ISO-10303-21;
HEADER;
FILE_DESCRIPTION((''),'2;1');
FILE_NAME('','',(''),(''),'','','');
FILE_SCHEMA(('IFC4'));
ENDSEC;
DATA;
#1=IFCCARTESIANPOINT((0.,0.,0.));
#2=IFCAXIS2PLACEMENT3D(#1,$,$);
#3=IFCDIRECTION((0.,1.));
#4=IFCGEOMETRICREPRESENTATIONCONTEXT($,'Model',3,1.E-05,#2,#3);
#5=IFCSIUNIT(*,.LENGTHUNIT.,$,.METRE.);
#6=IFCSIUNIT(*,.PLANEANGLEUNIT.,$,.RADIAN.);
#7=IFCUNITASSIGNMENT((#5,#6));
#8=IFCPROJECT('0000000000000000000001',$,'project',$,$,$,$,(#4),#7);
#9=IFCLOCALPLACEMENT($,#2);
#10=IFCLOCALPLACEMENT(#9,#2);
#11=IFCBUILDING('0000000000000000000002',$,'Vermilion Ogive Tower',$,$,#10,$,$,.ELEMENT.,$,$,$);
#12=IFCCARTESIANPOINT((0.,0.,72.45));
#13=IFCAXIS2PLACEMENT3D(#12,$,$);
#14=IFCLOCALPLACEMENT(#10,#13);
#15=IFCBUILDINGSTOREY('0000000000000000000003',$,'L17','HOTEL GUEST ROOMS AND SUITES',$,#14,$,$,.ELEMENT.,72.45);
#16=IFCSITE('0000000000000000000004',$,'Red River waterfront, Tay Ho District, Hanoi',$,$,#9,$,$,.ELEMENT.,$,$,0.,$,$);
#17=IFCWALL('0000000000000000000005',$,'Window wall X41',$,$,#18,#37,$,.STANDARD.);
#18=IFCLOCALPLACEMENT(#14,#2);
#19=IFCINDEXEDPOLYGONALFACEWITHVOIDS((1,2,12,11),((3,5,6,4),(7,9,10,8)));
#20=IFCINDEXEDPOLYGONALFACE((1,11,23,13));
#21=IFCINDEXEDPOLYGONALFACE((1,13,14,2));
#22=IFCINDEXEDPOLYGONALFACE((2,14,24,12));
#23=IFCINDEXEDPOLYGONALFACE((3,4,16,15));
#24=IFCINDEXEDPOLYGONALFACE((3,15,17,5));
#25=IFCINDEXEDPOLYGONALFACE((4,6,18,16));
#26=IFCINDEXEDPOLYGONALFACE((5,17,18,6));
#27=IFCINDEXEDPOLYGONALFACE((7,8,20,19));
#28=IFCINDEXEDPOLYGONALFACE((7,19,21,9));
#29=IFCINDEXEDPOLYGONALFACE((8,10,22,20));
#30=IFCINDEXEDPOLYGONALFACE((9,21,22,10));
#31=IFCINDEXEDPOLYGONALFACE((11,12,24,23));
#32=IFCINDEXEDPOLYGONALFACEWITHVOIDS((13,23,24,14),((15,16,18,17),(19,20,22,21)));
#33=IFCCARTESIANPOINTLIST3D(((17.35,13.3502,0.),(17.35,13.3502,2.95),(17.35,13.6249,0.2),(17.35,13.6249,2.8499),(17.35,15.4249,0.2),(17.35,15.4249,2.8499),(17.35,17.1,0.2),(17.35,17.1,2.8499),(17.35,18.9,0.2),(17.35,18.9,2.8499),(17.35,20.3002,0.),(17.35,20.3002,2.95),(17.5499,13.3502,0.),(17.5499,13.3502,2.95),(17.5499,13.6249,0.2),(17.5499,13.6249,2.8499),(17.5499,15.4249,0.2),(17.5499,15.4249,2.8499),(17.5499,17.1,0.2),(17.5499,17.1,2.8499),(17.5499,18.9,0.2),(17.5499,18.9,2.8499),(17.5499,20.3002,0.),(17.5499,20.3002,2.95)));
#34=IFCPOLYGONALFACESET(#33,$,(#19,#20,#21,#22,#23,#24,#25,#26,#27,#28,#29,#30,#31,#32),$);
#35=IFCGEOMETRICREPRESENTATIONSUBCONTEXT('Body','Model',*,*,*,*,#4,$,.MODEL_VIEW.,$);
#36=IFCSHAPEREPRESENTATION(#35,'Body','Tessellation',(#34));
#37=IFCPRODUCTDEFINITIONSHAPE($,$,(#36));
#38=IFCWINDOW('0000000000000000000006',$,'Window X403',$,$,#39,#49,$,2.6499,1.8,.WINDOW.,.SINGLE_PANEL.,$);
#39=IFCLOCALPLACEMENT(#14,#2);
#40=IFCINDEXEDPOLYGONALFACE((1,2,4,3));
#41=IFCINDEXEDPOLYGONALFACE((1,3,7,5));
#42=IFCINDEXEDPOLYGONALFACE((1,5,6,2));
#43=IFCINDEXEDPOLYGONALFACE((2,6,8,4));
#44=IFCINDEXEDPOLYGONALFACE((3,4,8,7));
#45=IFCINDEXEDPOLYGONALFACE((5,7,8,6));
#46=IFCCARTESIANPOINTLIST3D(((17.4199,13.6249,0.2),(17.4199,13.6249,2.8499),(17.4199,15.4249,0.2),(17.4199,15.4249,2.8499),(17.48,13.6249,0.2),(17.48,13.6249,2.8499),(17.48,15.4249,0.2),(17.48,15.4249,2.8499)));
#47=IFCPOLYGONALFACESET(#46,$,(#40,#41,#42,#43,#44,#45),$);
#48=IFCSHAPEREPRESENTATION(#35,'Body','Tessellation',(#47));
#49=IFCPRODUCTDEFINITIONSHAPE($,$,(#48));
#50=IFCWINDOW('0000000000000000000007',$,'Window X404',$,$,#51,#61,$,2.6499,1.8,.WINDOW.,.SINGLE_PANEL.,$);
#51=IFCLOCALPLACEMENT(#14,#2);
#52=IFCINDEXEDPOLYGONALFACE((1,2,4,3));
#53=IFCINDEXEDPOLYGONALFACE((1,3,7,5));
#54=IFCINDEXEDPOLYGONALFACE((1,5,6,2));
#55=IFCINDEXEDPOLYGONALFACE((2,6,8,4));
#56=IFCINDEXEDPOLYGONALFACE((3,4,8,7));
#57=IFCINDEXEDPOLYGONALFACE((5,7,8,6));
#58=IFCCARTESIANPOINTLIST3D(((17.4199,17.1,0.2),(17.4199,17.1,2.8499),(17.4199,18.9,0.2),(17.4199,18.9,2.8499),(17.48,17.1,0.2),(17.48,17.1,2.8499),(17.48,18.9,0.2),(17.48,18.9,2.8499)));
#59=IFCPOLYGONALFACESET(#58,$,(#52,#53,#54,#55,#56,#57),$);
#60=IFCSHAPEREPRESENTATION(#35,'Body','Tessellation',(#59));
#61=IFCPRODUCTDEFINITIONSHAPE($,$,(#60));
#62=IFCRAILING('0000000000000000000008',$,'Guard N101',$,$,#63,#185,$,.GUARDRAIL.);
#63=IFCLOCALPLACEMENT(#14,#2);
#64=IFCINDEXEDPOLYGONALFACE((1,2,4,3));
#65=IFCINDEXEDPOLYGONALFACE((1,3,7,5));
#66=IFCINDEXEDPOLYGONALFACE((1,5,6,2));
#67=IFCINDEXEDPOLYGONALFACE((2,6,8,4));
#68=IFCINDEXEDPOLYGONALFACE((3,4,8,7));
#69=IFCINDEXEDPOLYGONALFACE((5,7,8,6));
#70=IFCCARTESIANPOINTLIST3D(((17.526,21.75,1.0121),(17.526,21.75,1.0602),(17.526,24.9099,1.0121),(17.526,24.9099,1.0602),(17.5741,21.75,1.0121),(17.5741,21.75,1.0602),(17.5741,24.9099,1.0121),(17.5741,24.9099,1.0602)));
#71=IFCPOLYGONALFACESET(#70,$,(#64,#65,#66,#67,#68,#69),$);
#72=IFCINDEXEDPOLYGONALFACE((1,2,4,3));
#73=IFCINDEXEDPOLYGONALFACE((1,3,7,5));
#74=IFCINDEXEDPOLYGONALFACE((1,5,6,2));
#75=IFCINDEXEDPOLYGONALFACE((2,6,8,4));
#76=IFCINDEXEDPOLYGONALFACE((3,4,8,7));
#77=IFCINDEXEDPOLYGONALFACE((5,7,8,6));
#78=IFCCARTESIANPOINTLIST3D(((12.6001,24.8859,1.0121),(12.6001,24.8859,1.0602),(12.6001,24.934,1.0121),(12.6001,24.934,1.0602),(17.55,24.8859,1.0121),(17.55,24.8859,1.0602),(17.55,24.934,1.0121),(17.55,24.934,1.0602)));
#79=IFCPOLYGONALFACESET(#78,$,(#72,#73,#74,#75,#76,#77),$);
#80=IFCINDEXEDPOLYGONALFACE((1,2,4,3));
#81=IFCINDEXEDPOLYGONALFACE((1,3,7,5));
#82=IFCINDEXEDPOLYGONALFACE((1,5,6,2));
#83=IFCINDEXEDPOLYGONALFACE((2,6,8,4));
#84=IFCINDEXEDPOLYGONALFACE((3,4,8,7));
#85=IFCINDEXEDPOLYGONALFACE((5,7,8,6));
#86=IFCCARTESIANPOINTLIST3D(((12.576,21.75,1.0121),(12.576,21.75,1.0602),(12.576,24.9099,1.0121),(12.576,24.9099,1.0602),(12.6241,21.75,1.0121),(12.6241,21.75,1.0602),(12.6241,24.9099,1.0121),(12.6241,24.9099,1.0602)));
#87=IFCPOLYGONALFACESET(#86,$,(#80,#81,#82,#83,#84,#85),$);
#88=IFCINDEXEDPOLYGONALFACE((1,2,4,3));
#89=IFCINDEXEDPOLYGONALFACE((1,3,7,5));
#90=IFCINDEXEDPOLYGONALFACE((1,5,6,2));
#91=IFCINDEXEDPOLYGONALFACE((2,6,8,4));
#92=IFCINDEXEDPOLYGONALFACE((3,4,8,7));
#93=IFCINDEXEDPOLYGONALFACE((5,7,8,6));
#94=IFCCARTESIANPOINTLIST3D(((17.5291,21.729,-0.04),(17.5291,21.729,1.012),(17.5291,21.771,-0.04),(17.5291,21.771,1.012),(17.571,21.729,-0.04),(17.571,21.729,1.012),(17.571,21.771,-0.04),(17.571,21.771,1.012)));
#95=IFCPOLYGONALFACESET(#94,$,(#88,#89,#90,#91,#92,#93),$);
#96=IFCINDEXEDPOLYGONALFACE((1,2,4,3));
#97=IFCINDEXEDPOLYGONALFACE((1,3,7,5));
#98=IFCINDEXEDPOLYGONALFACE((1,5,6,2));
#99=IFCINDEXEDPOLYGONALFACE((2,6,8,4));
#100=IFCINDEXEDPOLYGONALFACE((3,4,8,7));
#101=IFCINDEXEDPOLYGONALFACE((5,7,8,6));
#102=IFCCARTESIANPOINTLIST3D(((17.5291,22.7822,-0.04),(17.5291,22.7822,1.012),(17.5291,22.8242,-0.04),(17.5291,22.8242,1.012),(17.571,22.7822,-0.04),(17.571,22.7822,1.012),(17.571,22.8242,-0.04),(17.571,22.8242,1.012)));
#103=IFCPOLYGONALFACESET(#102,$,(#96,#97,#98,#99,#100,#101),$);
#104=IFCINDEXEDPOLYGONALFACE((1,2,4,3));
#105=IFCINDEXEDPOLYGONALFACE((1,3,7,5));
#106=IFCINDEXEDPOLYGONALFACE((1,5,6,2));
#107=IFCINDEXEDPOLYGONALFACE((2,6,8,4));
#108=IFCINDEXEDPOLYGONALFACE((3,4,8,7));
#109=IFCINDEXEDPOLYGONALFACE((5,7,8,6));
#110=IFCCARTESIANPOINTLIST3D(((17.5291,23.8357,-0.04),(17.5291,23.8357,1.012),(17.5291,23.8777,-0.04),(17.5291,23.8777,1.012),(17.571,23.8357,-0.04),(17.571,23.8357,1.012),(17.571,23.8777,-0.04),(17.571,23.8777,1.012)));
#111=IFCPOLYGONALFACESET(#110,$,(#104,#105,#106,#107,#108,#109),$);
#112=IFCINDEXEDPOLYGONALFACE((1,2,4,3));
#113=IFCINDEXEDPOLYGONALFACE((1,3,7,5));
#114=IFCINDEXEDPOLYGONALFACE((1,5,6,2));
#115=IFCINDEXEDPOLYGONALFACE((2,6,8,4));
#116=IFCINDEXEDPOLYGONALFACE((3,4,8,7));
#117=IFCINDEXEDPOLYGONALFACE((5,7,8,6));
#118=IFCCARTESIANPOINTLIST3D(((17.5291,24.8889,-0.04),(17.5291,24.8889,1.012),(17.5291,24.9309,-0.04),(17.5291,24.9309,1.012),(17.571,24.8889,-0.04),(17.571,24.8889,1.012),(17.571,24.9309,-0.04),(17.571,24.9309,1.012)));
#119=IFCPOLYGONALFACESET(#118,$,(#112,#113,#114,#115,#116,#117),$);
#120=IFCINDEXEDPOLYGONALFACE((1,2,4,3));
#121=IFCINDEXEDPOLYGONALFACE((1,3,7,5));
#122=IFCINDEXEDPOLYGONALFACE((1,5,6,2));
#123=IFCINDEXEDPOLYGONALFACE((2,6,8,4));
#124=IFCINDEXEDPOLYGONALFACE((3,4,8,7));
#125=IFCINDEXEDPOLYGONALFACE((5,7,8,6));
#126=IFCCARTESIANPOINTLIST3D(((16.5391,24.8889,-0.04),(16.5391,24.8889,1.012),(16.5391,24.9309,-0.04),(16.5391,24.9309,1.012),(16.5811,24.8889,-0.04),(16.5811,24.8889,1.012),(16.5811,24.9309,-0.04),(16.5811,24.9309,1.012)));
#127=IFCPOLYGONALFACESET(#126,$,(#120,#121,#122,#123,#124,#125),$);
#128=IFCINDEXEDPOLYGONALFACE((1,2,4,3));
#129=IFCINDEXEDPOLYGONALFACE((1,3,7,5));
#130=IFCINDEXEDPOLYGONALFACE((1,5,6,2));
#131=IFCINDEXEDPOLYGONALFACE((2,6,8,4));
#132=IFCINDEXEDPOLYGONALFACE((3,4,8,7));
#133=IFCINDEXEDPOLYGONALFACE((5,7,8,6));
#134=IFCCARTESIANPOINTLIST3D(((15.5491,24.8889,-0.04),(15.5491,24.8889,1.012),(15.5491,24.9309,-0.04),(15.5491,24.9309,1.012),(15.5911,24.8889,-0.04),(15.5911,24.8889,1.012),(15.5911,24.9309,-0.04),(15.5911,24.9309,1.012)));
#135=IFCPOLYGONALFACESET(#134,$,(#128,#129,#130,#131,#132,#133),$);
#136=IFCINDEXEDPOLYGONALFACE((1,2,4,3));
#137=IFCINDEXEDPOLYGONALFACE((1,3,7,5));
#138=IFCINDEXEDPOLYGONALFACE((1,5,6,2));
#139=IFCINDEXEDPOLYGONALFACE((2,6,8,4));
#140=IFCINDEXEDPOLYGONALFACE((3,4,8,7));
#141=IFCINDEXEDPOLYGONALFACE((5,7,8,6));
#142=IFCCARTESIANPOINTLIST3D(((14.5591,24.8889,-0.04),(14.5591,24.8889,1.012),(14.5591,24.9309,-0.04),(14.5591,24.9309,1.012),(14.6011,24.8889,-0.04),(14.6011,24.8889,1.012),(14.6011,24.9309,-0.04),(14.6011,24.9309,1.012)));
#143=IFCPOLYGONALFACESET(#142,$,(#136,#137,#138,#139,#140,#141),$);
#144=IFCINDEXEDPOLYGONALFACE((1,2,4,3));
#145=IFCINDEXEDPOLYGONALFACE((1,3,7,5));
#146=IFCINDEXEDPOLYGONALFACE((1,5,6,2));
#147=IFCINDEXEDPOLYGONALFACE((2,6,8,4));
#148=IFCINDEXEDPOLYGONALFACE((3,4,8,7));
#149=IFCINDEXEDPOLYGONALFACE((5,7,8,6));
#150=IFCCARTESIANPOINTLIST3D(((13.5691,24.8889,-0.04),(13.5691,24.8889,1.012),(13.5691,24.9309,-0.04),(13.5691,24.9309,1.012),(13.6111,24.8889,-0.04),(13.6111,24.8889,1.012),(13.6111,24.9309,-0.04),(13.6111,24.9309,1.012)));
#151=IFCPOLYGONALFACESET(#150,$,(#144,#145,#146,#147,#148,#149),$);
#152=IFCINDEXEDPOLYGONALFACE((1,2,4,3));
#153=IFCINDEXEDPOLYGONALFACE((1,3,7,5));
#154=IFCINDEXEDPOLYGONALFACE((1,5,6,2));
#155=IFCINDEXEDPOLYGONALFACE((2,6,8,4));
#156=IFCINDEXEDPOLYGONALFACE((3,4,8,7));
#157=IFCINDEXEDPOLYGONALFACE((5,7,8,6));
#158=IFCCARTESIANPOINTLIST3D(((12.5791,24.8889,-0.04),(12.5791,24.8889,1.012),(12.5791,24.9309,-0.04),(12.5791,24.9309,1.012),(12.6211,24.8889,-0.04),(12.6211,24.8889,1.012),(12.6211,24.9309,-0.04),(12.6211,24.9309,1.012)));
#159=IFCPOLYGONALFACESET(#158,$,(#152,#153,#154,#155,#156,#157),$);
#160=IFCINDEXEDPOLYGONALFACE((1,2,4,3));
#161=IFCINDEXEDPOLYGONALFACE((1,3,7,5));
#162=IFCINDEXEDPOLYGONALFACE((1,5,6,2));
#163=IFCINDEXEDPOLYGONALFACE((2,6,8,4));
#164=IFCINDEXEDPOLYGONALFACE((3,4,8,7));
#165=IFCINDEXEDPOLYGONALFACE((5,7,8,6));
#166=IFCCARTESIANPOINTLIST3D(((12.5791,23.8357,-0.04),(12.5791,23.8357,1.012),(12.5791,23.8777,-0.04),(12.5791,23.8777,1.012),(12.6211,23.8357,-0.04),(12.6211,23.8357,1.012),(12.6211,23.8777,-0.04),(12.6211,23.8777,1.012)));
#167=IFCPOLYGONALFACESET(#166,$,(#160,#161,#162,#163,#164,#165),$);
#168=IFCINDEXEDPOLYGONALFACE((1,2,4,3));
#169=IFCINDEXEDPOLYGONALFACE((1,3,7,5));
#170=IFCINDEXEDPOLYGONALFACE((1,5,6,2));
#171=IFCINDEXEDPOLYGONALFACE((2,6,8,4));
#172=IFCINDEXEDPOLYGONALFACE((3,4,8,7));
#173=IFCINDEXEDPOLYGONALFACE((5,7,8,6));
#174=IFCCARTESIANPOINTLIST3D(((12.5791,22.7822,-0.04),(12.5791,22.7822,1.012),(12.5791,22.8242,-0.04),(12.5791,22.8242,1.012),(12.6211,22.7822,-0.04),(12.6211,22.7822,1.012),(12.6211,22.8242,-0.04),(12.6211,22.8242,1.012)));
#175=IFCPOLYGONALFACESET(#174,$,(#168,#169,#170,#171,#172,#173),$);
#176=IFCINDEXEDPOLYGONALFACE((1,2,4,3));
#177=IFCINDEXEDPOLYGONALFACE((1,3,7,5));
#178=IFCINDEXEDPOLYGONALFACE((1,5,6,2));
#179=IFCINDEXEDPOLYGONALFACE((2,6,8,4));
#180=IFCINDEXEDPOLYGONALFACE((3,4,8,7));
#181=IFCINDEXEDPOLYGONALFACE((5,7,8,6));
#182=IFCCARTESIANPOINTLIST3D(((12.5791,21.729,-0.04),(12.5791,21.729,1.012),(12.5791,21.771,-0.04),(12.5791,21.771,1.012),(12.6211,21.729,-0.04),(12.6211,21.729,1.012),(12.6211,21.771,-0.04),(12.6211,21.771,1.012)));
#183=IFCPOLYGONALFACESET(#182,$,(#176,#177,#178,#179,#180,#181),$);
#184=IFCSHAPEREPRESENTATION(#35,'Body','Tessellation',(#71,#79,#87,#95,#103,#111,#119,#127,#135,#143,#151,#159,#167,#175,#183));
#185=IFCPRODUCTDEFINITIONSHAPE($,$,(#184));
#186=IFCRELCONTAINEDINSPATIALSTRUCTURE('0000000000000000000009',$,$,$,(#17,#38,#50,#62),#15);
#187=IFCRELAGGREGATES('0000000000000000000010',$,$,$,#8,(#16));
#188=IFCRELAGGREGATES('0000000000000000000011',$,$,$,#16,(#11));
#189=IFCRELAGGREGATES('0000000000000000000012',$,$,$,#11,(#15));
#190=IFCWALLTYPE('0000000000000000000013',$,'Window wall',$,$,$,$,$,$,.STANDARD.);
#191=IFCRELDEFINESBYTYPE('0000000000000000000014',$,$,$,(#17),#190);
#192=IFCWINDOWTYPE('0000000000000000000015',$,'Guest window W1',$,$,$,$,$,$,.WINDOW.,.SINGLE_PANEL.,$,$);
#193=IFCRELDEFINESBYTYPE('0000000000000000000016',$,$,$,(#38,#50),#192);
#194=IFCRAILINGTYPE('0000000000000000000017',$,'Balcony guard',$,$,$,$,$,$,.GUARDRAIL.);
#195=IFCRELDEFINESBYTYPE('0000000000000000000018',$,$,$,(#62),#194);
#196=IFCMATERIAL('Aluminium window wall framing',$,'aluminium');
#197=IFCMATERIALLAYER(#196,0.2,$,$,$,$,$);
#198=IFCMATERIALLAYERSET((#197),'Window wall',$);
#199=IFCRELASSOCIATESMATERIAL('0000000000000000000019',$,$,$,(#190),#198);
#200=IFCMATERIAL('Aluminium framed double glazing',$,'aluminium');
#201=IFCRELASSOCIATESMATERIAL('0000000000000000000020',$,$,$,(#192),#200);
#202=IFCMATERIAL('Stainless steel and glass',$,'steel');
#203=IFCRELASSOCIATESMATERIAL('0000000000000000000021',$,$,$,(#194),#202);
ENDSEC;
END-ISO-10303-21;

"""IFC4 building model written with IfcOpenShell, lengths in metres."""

from ifc_helpers import new_model, si_unit, direction, frame, frame_2d, origin, origin_2d, place, context, subcontext, project, spatial, rectangle, extrude, material, layer, layer_set, type_object, element, fill, save


model = new_model("IFC4")

# Units and contexts
model_context = context("Model", 3, precision=1e-05, world=origin(), true_north=direction((0.0, 1.0)))
body_context = subcontext(model_context, "Body", "Model", "MODEL_VIEW")
ifc_project = project(units=[si_unit("LENGTHUNIT", "METRE"), si_unit("PLANEANGLEUNIT", "RADIAN")], contexts=[model_context])

# Site, building, storey
site_placement = place(None, origin())
site = spatial("IfcSite", under=ifc_project, at=site_placement, Name="Red River waterfront, Tay Ho District, Hanoi", CompositionType="ELEMENT", RefElevation=0.0)
building_placement = place(site_placement, origin())
building = spatial("IfcBuilding", under=site, at=building_placement, Name="Vermilion Ogive Tower", CompositionType="ELEMENT")
storey_placement = place(building_placement, frame((0.0, 0.0, 72.45)))
storey = spatial("IfcBuildingStorey", under=building, at=storey_placement, Name="L17", Description="HOTEL GUEST ROOMS AND SUITES", CompositionType="ELEMENT", Elevation=72.45)

# Shared definitions
ifc_material_1 = material(Name="Aluminium window wall framing", Category="aluminium")
ifc_layer_1 = layer(ifc_material_1, 0.2)
ifc_layer_set_1 = layer_set([ifc_layer_1], Name="Window wall")
wall_type_1 = type_object("IfcWallType", Name="Window wall", PredefinedType="STANDARD", material=ifc_layer_set_1)

# Wall, openings, windows
wall_1_placement = place(storey_placement, frame((17.45, 13.3501, 0.0), z_axis=(0.0, 0.0, 1.0), x_axis=(0.0, 1.0, 0.0)))
wall_1 = element("IfcWall", 1, at=wall_1_placement, inside=storey, type_object=wall_type_1, Name="Window wall X41", PredefinedType="STANDARD", context=body_context, shape_type="SweptSolid", body=[
    extrude(rectangle(XDim=6.95, YDim=0.2, at=frame_2d((3.4751, 0.0))), origin(), (0.0, 0.0, 1.0), 2.95),
])
opening_1_placement = place(wall_1_placement, frame((0.2749, 0.0, 0.2)))
opening_1 = element("IfcOpeningElement", 2, at=opening_1_placement, cuts=wall_1, PredefinedType="OPENING", context=body_context, shape_type="SweptSolid", body=[
    extrude(rectangle(XDim=1.8, YDim=2.6499, at=frame_2d((0.8999, 1.325))), frame((0.0, 0.1099, 0.0), z_axis=(0.0, -1.0, 0.0), x_axis=(1.0, 0.0, 0.0)), (0.0, 0.0, 1.0), 0.22),
])
opening_2_placement = place(wall_1_placement, frame((3.75, 0.0, 0.2)))
opening_2 = element("IfcOpeningElement", 3, at=opening_2_placement, cuts=wall_1, PredefinedType="OPENING", context=body_context, shape_type="SweptSolid", body=[
    extrude(rectangle(XDim=1.8, YDim=2.6499, at=frame_2d((0.8999, 1.325))), frame((0.0, 0.1099, 0.0), z_axis=(0.0, -1.0, 0.0), x_axis=(1.0, 0.0, 0.0)), (0.0, 0.0, 1.0), 0.22),
])
ifc_material_2 = material(Name="Aluminium framed double glazing", Category="aluminium")
window_type = type_object("IfcWindowType", Name="Guest window W1", PartitioningType="SINGLE_PANEL", PredefinedType="WINDOW", material=ifc_material_2)
window_1_placement = place(opening_1_placement, origin())
window_1 = element("IfcWindow", 4, at=window_1_placement, inside=storey, type_object=window_type, Name="Window X403", OverallHeight=2.6499, OverallWidth=1.8, PartitioningType="SINGLE_PANEL", PredefinedType="WINDOW", context=body_context, shape_type="SweptSolid", body=[
    extrude(rectangle(XDim=1.8, YDim=2.6499, at=frame_2d((0.8999, 1.325))), frame((0.0, 0.03, 0.0), z_axis=(0.0, -1.0, 0.0), x_axis=(1.0, 0.0, 0.0)), (0.0, 0.0, 1.0), 0.0601),
])
fill(opening_1, window_1)
window_2_placement = place(opening_2_placement, origin())
window_2 = element("IfcWindow", 5, at=window_2_placement, inside=storey, type_object=window_type, Name="Window X404", OverallHeight=2.6499, OverallWidth=1.8, PartitioningType="SINGLE_PANEL", PredefinedType="WINDOW", context=body_context, shape_type="SweptSolid", body=[
    extrude(rectangle(XDim=1.8, YDim=2.6499, at=frame_2d((0.8999, 1.325))), frame((0.0, 0.03, 0.0), z_axis=(0.0, -1.0, 0.0), x_axis=(1.0, 0.0, 0.0)), (0.0, 0.0, 1.0), 0.0601),
])
fill(opening_2, window_2)

# Railing
ifc_material_3 = material(Name="Stainless steel and glass", Category="steel")
railing_type_1 = type_object("IfcRailingType", Name="Balcony guard", PredefinedType="GUARDRAIL", material=ifc_material_3)
railing_1_placement = place(storey_placement, frame((17.55, 21.75, -0.04)))
element("IfcRailing", 6, at=railing_1_placement, inside=storey, type_object=railing_type_1, Name="Guard N101", PredefinedType="GUARDRAIL", context=body_context, shape_type="SweptSolid", body=[
    extrude(rectangle(XDim=0.0481, YDim=0.0481, at=origin_2d()), frame((0.0, 0.0, 1.0762), z_axis=(0.0, 1.0, 0.0), x_axis=(-1.0, 0.0, 0.0)), (0.0, 0.0, 1.0), 3.1599),
    extrude(rectangle(XDim=0.0481, YDim=0.0481, at=origin_2d()), frame((0.0, 3.1599, 1.0762), z_axis=(-1.0, 0.0, 0.0), x_axis=(0.0, -1.0, 0.0)), (0.0, 0.0, 1.0), 4.95),
    extrude(rectangle(XDim=0.0481, YDim=0.0481, at=origin_2d()), frame((-4.95, 3.1599, 1.0762), z_axis=(0.0, -1.0, 0.0), x_axis=(1.0, 0.0, 0.0)), (0.0, 0.0, 1.0), 3.1599),
    extrude(rectangle(XDim=0.042, YDim=0.042, at=origin_2d()), origin(), (0.0, 0.0, 1.0), 1.052),
    extrude(rectangle(XDim=0.042, YDim=0.042, at=origin_2d()), frame((0.0, 1.0532, 0.0)), (0.0, 0.0, 1.0), 1.052),
    extrude(rectangle(XDim=0.042, YDim=0.042, at=origin_2d()), frame((0.0, 2.1067, 0.0)), (0.0, 0.0, 1.0), 1.052),
    extrude(rectangle(XDim=0.042, YDim=0.042, at=origin_2d()), frame((0.0, 3.1599, 0.0)), (0.0, 0.0, 1.0), 1.052),
    extrude(rectangle(XDim=0.042, YDim=0.042, at=origin_2d()), frame((-0.99, 3.1599, 0.0)), (0.0, 0.0, 1.0), 1.052),
    extrude(rectangle(XDim=0.042, YDim=0.042, at=origin_2d()), frame((-1.98, 3.1599, 0.0)), (0.0, 0.0, 1.0), 1.052),
    extrude(rectangle(XDim=0.042, YDim=0.042, at=origin_2d()), frame((-2.97, 3.1599, 0.0)), (0.0, 0.0, 1.0), 1.052),
    extrude(rectangle(XDim=0.042, YDim=0.042, at=origin_2d()), frame((-3.96, 3.1599, 0.0)), (0.0, 0.0, 1.0), 1.052),
    extrude(rectangle(XDim=0.042, YDim=0.042, at=origin_2d()), frame((-4.95, 3.1599, 0.0)), (0.0, 0.0, 1.0), 1.052),
    extrude(rectangle(XDim=0.042, YDim=0.042, at=origin_2d()), frame((-4.95, 2.1067, 0.0)), (0.0, 0.0, 1.0), 1.052),
    extrude(rectangle(XDim=0.042, YDim=0.042, at=origin_2d()), frame((-4.95, 1.0532, 0.0)), (0.0, 0.0, 1.0), 1.052),
    extrude(rectangle(XDim=0.042, YDim=0.042, at=origin_2d()), frame((-4.95, 0.0, 0.0)), (0.0, 0.0, 1.0), 1.052),
])

save(model, "model.ifc")
